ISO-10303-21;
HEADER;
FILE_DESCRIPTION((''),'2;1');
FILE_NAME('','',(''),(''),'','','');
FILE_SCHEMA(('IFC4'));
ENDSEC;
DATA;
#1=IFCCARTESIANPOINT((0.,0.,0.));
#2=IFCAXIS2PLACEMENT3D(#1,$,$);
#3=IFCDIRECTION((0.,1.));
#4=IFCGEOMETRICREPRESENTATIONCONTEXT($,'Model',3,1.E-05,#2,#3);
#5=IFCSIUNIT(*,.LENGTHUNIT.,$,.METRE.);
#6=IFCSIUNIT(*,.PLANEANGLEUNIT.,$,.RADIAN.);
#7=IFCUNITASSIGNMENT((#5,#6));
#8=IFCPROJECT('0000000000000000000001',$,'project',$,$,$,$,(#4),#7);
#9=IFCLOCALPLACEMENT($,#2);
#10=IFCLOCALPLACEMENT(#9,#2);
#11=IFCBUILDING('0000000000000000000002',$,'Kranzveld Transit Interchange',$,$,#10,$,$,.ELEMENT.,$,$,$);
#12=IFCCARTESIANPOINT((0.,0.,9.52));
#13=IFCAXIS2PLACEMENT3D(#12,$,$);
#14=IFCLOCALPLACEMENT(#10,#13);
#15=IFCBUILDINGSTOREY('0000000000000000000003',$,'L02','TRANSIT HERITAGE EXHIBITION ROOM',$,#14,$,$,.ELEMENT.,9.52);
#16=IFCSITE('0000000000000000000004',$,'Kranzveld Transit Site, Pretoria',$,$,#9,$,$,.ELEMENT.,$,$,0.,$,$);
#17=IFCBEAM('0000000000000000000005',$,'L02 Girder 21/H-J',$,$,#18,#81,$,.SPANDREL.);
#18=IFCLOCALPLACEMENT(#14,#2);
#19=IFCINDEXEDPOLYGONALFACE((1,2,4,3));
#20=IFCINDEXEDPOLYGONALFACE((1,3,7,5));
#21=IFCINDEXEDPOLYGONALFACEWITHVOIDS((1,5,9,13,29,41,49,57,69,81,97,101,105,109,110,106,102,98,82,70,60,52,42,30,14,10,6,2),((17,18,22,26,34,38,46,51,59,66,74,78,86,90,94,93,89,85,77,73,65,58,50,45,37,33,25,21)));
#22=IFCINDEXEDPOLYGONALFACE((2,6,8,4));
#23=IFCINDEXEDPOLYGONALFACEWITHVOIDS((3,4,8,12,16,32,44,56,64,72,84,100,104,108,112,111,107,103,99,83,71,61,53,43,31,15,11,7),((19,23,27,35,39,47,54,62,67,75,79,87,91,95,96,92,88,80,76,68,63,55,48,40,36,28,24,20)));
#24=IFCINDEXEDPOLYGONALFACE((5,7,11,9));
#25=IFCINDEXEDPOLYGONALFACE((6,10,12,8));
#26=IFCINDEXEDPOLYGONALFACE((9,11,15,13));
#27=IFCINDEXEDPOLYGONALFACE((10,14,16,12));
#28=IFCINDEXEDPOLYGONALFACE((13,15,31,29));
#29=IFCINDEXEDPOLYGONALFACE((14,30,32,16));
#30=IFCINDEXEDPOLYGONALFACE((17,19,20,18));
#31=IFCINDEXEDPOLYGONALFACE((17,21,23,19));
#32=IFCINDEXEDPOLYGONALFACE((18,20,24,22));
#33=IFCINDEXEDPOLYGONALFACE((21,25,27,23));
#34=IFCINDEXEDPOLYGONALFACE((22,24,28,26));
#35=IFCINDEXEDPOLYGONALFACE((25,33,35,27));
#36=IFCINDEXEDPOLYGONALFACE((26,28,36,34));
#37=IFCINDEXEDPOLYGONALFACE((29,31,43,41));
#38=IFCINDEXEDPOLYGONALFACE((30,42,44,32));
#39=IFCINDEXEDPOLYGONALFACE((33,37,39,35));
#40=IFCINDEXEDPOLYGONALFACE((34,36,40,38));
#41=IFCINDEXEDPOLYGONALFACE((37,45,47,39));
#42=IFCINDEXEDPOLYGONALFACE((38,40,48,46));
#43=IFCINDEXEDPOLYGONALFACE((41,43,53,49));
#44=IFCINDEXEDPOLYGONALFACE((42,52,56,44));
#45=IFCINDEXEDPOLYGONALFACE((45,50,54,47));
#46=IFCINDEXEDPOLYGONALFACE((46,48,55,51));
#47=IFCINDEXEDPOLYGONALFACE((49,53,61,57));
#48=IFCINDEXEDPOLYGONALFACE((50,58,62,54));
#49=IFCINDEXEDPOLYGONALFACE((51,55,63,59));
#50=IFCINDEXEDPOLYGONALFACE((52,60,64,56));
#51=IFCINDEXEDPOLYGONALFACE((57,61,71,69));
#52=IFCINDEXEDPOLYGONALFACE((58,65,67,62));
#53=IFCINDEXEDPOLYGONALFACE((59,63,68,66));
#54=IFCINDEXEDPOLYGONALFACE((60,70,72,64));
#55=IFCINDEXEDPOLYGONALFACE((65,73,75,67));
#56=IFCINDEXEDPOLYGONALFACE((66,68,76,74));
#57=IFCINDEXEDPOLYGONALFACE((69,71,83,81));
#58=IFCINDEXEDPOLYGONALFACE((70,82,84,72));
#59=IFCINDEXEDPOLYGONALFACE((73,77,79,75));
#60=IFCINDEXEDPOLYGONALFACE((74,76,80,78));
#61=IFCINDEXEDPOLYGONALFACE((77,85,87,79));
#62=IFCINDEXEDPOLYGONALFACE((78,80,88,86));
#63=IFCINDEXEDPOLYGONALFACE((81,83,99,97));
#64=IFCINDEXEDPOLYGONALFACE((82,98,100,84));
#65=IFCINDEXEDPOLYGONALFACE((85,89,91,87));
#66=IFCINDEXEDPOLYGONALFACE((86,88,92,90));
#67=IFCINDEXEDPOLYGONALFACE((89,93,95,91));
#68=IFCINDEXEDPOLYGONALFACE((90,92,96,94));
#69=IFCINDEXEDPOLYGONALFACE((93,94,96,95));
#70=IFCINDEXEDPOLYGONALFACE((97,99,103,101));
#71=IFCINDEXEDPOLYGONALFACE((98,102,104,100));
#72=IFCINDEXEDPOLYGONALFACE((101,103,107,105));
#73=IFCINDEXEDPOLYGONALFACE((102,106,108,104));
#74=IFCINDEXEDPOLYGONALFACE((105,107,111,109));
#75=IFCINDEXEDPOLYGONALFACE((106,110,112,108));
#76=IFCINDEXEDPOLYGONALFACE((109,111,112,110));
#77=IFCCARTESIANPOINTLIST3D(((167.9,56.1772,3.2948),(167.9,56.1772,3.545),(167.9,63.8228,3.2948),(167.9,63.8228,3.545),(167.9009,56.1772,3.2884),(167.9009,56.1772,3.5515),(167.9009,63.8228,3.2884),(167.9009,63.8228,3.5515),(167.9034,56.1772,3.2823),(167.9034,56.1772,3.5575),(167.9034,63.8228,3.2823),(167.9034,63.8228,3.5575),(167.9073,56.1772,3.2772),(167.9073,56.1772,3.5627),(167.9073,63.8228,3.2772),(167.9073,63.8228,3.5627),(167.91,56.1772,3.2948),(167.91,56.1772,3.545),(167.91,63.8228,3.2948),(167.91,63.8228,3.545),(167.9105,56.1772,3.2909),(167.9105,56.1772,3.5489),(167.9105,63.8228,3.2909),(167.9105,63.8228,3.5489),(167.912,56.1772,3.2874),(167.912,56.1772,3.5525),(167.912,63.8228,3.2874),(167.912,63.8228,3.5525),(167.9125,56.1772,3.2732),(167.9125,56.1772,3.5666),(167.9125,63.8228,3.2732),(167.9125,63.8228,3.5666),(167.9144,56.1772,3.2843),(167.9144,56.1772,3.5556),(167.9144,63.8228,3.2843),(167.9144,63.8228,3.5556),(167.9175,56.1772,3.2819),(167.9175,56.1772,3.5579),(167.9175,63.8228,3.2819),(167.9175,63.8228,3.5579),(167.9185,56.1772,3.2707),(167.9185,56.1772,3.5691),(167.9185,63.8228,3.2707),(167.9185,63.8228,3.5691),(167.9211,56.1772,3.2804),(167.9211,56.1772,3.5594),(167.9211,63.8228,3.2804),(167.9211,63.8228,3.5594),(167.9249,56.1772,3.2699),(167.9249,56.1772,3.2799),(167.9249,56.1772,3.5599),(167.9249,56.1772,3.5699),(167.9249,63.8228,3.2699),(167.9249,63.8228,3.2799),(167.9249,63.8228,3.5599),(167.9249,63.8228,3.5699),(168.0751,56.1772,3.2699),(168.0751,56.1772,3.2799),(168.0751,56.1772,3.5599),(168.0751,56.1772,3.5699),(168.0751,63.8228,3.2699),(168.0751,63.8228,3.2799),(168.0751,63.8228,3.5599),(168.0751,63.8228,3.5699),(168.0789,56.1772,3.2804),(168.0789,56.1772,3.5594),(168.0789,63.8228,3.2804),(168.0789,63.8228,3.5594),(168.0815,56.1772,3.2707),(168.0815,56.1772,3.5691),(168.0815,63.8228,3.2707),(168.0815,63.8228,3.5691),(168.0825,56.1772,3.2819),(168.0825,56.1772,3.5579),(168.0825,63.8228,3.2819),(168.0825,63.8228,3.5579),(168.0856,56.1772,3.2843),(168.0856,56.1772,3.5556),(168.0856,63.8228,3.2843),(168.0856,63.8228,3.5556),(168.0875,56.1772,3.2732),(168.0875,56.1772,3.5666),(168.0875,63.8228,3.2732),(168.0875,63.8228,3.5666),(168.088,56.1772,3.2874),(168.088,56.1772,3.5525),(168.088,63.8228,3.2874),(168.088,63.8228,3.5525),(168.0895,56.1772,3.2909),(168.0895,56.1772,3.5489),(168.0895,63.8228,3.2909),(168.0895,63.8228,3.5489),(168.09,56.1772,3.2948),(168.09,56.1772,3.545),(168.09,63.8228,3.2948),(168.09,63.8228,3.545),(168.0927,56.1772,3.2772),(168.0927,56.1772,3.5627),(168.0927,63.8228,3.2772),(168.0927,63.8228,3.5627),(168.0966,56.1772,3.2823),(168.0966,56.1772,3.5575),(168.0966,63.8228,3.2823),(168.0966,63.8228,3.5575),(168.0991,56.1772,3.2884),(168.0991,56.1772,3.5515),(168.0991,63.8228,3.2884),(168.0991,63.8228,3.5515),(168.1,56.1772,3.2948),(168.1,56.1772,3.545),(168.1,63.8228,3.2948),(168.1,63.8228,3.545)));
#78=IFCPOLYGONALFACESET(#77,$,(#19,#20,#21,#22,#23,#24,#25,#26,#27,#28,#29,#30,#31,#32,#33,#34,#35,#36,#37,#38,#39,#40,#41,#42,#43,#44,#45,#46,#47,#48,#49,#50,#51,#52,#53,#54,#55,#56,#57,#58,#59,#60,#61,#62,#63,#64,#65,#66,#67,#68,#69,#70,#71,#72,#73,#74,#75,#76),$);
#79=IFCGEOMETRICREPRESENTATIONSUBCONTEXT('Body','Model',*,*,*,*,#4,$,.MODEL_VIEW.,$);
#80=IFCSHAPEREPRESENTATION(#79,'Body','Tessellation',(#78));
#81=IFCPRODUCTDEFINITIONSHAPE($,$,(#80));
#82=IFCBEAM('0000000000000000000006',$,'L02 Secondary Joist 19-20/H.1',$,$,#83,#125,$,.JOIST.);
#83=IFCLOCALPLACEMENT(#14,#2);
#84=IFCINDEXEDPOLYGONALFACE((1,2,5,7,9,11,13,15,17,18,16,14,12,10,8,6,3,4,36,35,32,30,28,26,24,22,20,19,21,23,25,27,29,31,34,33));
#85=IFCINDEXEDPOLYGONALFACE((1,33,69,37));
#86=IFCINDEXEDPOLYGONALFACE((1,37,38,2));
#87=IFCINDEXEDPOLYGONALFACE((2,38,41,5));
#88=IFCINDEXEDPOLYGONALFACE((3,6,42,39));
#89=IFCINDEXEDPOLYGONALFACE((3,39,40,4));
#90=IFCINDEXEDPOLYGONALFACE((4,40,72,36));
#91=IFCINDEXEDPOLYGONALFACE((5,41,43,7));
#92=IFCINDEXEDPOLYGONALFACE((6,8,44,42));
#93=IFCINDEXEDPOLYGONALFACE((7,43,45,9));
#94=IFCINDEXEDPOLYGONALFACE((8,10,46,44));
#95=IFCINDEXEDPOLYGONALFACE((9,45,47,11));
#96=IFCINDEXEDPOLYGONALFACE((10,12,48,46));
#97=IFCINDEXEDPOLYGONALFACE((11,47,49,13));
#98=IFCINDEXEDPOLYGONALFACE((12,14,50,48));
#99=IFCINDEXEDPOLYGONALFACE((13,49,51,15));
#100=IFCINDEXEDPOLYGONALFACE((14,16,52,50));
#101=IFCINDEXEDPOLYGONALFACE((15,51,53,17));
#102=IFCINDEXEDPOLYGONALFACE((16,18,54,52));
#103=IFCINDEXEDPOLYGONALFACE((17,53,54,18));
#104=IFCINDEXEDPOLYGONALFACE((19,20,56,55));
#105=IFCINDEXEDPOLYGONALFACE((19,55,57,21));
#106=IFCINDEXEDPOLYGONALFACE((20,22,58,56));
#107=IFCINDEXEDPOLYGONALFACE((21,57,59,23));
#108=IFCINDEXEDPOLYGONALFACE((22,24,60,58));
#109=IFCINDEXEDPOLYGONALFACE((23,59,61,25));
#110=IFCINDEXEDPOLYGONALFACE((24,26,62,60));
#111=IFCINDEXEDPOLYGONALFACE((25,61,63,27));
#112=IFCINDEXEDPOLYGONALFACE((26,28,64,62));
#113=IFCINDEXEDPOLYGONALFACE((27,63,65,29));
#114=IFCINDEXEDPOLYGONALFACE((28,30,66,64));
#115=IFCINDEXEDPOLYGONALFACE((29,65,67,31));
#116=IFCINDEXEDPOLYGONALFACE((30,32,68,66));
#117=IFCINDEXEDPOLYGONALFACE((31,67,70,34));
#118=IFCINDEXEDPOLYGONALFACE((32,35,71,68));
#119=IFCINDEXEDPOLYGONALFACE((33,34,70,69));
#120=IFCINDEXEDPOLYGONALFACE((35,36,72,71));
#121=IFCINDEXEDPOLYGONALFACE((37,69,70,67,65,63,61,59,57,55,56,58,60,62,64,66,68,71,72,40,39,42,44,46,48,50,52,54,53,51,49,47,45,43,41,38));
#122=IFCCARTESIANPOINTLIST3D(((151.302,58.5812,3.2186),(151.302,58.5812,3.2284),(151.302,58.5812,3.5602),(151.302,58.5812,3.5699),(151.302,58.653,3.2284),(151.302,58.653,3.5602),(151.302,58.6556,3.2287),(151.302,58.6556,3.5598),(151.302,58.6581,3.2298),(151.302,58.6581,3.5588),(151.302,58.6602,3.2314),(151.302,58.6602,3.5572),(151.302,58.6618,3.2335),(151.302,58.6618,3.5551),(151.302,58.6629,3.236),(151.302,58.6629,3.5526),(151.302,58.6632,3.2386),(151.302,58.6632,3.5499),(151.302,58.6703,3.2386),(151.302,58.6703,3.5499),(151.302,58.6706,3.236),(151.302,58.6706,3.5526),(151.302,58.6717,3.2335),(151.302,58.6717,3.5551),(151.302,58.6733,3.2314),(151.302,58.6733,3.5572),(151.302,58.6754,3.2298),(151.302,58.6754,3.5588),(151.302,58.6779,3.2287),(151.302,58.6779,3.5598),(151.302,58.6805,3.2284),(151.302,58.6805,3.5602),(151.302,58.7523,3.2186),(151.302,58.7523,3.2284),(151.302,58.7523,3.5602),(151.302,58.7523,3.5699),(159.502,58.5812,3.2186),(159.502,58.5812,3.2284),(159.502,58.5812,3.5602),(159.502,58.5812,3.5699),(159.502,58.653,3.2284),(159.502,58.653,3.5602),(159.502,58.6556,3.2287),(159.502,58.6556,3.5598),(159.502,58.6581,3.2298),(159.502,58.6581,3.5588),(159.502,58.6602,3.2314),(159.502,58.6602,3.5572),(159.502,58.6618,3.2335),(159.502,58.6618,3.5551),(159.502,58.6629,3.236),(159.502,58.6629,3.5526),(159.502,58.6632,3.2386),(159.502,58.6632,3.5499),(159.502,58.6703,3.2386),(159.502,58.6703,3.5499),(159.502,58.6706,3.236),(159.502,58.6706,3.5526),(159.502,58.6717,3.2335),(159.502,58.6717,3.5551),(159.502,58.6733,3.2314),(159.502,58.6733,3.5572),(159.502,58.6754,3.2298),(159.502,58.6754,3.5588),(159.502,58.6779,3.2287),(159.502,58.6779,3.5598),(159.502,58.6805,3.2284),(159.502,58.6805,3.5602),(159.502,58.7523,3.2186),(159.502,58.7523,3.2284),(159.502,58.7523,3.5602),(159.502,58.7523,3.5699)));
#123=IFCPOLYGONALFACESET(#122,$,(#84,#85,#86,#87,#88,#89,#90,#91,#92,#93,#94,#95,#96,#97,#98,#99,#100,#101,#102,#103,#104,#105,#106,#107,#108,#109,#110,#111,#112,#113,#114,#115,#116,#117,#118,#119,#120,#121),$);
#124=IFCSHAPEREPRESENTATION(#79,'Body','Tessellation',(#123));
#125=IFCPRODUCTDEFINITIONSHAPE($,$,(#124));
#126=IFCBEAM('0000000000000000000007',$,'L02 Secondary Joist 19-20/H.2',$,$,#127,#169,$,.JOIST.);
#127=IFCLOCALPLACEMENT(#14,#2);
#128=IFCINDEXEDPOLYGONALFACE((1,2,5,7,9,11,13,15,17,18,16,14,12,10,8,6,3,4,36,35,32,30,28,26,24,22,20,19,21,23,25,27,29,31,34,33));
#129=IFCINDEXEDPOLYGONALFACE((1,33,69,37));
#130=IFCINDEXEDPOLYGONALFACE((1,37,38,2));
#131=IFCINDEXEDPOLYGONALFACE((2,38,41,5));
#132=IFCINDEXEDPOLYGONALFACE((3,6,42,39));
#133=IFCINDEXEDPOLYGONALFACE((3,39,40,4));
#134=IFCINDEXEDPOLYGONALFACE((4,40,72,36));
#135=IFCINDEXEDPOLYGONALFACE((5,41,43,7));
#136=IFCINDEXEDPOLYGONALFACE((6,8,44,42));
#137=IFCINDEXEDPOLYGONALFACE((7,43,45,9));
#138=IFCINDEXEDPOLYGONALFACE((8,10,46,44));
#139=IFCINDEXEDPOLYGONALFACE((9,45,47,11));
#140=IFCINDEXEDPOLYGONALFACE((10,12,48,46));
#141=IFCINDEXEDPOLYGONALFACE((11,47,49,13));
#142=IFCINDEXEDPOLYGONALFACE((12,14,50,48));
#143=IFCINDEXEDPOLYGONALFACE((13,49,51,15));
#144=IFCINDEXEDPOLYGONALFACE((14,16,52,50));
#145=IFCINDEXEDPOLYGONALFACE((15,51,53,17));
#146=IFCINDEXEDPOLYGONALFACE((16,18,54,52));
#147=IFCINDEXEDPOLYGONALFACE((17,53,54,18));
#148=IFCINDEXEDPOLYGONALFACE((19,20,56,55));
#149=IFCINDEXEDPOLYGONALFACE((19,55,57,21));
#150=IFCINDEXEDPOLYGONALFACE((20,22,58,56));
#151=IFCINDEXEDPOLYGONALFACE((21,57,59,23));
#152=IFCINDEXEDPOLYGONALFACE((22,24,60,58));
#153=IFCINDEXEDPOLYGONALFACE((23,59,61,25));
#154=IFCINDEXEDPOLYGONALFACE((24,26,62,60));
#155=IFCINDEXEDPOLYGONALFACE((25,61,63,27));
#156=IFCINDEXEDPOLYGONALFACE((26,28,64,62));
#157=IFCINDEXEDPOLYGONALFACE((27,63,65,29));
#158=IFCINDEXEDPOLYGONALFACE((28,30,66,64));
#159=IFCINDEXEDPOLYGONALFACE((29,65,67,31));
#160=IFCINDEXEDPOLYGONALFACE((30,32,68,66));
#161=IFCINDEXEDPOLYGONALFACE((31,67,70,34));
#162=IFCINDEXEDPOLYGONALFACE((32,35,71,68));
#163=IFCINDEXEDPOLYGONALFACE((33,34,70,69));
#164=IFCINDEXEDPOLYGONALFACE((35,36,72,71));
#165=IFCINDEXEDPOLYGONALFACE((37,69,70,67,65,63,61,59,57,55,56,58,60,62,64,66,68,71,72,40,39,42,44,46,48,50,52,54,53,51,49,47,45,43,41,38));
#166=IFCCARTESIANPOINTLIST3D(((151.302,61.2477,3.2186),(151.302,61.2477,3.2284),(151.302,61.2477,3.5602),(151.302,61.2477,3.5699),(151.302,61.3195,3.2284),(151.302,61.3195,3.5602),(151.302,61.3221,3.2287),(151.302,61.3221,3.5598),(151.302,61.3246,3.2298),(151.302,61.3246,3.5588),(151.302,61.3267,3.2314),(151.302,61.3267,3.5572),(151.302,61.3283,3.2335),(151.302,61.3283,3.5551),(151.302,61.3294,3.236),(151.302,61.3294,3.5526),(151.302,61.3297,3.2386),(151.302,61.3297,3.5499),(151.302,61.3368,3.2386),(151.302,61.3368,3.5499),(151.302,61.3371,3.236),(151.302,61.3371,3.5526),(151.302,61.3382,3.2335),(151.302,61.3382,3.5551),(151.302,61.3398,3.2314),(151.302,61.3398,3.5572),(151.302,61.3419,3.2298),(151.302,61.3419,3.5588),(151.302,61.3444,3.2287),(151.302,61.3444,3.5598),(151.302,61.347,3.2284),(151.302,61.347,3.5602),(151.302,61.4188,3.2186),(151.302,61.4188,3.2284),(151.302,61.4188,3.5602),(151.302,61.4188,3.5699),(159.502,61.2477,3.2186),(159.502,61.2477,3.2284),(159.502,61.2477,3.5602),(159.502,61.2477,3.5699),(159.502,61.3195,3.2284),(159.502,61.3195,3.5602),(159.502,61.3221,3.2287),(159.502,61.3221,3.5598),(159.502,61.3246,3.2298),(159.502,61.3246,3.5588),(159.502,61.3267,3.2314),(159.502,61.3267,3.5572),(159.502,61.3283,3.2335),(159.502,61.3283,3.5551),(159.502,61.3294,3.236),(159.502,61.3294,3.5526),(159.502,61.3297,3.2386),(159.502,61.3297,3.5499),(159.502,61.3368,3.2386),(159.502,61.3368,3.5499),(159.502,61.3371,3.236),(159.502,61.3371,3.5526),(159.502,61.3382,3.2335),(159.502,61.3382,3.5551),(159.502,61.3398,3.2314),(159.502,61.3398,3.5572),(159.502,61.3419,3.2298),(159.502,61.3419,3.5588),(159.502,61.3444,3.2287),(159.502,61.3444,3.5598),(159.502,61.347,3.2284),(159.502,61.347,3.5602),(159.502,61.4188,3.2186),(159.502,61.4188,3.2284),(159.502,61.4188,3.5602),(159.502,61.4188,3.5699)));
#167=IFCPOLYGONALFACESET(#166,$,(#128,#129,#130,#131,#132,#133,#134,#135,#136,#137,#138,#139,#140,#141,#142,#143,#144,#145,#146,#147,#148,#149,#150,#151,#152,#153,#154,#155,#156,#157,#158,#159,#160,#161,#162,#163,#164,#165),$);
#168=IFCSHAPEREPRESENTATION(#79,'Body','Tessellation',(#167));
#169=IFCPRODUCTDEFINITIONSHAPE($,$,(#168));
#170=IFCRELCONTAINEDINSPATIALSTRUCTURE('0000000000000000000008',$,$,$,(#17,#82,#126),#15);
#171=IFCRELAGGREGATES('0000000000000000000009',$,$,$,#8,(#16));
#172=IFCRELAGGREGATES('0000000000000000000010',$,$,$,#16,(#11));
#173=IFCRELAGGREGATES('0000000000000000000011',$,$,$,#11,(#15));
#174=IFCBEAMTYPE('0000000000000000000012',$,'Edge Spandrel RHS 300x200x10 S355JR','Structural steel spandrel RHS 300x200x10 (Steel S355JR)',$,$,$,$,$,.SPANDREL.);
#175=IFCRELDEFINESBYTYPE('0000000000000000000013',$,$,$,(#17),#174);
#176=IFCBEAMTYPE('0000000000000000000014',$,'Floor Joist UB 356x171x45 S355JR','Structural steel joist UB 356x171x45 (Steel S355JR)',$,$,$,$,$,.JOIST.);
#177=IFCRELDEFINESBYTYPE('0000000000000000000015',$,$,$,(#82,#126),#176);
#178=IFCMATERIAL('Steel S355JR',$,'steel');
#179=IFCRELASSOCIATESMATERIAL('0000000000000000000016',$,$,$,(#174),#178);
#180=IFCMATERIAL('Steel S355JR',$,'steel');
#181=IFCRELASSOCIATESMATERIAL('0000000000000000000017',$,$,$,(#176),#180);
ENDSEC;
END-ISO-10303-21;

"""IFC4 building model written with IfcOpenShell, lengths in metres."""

from ifc_helpers import new_model, si_unit, direction, frame, origin, origin_2d, place, context, subcontext, project, spatial, hollow_rectangle, i_section, extrude, material, material_profile, profile_set, type_object, element, save


model = new_model("IFC4")

# Units and contexts
model_context = context("Model", 3, precision=1e-05, world=origin(), true_north=direction((0.0, 1.0)))
body_context = subcontext(model_context, "Body", "Model", "MODEL_VIEW")
ifc_project = project(units=[si_unit("LENGTHUNIT", "METRE"), si_unit("PLANEANGLEUNIT", "RADIAN")], contexts=[model_context])

# Site, building, storey
site_placement = place(None, origin())
site = spatial("IfcSite", under=ifc_project, at=site_placement, Name="Kranzveld Transit Site, Pretoria", CompositionType="ELEMENT", RefElevation=0.0)
building_placement = place(site_placement, origin())
building = spatial("IfcBuilding", under=site, at=building_placement, Name="Kranzveld Transit Interchange", CompositionType="ELEMENT")
storey_placement = place(building_placement, frame((0.0, 0.0, 9.52)))
storey = spatial("IfcBuildingStorey", under=building, at=storey_placement, Name="L02", Description="TRANSIT HERITAGE EXHIBITION ROOM", CompositionType="ELEMENT", Elevation=9.52)

# Beams
ifc_material_1 = material(Name="Steel S355JR", Category="steel")
ifc_material_profile_1 = material_profile(ifc_material_1, hollow_rectangle(XDim=0.2, YDim=0.3, WallThickness=0.01, InnerFilletRadius=0.0149, OuterFilletRadius=0.0249, at=origin_2d()), Name="RHS 300x200x10")
ifc_profile_set_1 = profile_set([ifc_material_profile_1], Name="Steel S355JR")
beam_type_1 = type_object("IfcBeamType", Name="Edge Spandrel RHS 300x200x10 S355JR", Description="Structural steel spandrel RHS 300x200x10 (Steel S355JR)", PredefinedType="SPANDREL", material=ifc_profile_set_1)
for number, where, z_axis, x_axis, name in (
    (1, (168.0, 56.1772, 3.4199), (0.0, 1.0, 0.0), (-1.0, 0.0, 0.0), "L02 Girder 21/H-J"),
):
    element("IfcBeam", number, at=place(storey_placement, frame(where, z_axis=z_axis, x_axis=x_axis)), inside=storey, type_object=beam_type_1, Name=name, PredefinedType="SPANDREL", context=body_context, shape_type="SweptSolid", body=[
        extrude(hollow_rectangle(XDim=0.2, YDim=0.3, WallThickness=0.01, InnerFilletRadius=0.0149, OuterFilletRadius=0.0249, at=origin_2d()), origin(), (0.0, 0.0, 1.0), 7.6455),
    ])
ifc_material_2 = material(Name="Steel S355JR", Category="steel")
ifc_material_profile_2 = material_profile(ifc_material_2, i_section(OverallWidth=0.1711, OverallDepth=0.3513, WebThickness=0.0071, FlangeThickness=0.0098, FilletRadius=0.0103, at=origin_2d()), Name="UB 356x171x45")
ifc_profile_set_2 = profile_set([ifc_material_profile_2], Name="Steel S355JR")
beam_type_2 = type_object("IfcBeamType", Name="Floor Joist UB 356x171x45 S355JR", Description="Structural steel joist UB 356x171x45 (Steel S355JR)", PredefinedType="JOIST", material=ifc_profile_set_2)
for number, where, z_axis, x_axis, name in (
    (2, (151.302, 58.6667, 3.3943), (1.0, 0.0, 0.0), (0.0, 1.0, 0.0), "L02 Secondary Joist 19-20/H.1"),
    (3, (151.302, 61.3333, 3.3943), (1.0, 0.0, 0.0), (0.0, 1.0, 0.0), "L02 Secondary Joist 19-20/H.2"),
):
    element("IfcBeam", number, at=place(storey_placement, frame(where, z_axis=z_axis, x_axis=x_axis)), inside=storey, type_object=beam_type_2, Name=name, PredefinedType="JOIST", context=body_context, shape_type="SweptSolid", body=[
        extrude(i_section(OverallWidth=0.1711, OverallDepth=0.3513, WebThickness=0.0071, FlangeThickness=0.0098, FilletRadius=0.0103, at=origin_2d()), origin(), (0.0, 0.0, 1.0), 8.2),
    ])

save(model, "model.ifc")
